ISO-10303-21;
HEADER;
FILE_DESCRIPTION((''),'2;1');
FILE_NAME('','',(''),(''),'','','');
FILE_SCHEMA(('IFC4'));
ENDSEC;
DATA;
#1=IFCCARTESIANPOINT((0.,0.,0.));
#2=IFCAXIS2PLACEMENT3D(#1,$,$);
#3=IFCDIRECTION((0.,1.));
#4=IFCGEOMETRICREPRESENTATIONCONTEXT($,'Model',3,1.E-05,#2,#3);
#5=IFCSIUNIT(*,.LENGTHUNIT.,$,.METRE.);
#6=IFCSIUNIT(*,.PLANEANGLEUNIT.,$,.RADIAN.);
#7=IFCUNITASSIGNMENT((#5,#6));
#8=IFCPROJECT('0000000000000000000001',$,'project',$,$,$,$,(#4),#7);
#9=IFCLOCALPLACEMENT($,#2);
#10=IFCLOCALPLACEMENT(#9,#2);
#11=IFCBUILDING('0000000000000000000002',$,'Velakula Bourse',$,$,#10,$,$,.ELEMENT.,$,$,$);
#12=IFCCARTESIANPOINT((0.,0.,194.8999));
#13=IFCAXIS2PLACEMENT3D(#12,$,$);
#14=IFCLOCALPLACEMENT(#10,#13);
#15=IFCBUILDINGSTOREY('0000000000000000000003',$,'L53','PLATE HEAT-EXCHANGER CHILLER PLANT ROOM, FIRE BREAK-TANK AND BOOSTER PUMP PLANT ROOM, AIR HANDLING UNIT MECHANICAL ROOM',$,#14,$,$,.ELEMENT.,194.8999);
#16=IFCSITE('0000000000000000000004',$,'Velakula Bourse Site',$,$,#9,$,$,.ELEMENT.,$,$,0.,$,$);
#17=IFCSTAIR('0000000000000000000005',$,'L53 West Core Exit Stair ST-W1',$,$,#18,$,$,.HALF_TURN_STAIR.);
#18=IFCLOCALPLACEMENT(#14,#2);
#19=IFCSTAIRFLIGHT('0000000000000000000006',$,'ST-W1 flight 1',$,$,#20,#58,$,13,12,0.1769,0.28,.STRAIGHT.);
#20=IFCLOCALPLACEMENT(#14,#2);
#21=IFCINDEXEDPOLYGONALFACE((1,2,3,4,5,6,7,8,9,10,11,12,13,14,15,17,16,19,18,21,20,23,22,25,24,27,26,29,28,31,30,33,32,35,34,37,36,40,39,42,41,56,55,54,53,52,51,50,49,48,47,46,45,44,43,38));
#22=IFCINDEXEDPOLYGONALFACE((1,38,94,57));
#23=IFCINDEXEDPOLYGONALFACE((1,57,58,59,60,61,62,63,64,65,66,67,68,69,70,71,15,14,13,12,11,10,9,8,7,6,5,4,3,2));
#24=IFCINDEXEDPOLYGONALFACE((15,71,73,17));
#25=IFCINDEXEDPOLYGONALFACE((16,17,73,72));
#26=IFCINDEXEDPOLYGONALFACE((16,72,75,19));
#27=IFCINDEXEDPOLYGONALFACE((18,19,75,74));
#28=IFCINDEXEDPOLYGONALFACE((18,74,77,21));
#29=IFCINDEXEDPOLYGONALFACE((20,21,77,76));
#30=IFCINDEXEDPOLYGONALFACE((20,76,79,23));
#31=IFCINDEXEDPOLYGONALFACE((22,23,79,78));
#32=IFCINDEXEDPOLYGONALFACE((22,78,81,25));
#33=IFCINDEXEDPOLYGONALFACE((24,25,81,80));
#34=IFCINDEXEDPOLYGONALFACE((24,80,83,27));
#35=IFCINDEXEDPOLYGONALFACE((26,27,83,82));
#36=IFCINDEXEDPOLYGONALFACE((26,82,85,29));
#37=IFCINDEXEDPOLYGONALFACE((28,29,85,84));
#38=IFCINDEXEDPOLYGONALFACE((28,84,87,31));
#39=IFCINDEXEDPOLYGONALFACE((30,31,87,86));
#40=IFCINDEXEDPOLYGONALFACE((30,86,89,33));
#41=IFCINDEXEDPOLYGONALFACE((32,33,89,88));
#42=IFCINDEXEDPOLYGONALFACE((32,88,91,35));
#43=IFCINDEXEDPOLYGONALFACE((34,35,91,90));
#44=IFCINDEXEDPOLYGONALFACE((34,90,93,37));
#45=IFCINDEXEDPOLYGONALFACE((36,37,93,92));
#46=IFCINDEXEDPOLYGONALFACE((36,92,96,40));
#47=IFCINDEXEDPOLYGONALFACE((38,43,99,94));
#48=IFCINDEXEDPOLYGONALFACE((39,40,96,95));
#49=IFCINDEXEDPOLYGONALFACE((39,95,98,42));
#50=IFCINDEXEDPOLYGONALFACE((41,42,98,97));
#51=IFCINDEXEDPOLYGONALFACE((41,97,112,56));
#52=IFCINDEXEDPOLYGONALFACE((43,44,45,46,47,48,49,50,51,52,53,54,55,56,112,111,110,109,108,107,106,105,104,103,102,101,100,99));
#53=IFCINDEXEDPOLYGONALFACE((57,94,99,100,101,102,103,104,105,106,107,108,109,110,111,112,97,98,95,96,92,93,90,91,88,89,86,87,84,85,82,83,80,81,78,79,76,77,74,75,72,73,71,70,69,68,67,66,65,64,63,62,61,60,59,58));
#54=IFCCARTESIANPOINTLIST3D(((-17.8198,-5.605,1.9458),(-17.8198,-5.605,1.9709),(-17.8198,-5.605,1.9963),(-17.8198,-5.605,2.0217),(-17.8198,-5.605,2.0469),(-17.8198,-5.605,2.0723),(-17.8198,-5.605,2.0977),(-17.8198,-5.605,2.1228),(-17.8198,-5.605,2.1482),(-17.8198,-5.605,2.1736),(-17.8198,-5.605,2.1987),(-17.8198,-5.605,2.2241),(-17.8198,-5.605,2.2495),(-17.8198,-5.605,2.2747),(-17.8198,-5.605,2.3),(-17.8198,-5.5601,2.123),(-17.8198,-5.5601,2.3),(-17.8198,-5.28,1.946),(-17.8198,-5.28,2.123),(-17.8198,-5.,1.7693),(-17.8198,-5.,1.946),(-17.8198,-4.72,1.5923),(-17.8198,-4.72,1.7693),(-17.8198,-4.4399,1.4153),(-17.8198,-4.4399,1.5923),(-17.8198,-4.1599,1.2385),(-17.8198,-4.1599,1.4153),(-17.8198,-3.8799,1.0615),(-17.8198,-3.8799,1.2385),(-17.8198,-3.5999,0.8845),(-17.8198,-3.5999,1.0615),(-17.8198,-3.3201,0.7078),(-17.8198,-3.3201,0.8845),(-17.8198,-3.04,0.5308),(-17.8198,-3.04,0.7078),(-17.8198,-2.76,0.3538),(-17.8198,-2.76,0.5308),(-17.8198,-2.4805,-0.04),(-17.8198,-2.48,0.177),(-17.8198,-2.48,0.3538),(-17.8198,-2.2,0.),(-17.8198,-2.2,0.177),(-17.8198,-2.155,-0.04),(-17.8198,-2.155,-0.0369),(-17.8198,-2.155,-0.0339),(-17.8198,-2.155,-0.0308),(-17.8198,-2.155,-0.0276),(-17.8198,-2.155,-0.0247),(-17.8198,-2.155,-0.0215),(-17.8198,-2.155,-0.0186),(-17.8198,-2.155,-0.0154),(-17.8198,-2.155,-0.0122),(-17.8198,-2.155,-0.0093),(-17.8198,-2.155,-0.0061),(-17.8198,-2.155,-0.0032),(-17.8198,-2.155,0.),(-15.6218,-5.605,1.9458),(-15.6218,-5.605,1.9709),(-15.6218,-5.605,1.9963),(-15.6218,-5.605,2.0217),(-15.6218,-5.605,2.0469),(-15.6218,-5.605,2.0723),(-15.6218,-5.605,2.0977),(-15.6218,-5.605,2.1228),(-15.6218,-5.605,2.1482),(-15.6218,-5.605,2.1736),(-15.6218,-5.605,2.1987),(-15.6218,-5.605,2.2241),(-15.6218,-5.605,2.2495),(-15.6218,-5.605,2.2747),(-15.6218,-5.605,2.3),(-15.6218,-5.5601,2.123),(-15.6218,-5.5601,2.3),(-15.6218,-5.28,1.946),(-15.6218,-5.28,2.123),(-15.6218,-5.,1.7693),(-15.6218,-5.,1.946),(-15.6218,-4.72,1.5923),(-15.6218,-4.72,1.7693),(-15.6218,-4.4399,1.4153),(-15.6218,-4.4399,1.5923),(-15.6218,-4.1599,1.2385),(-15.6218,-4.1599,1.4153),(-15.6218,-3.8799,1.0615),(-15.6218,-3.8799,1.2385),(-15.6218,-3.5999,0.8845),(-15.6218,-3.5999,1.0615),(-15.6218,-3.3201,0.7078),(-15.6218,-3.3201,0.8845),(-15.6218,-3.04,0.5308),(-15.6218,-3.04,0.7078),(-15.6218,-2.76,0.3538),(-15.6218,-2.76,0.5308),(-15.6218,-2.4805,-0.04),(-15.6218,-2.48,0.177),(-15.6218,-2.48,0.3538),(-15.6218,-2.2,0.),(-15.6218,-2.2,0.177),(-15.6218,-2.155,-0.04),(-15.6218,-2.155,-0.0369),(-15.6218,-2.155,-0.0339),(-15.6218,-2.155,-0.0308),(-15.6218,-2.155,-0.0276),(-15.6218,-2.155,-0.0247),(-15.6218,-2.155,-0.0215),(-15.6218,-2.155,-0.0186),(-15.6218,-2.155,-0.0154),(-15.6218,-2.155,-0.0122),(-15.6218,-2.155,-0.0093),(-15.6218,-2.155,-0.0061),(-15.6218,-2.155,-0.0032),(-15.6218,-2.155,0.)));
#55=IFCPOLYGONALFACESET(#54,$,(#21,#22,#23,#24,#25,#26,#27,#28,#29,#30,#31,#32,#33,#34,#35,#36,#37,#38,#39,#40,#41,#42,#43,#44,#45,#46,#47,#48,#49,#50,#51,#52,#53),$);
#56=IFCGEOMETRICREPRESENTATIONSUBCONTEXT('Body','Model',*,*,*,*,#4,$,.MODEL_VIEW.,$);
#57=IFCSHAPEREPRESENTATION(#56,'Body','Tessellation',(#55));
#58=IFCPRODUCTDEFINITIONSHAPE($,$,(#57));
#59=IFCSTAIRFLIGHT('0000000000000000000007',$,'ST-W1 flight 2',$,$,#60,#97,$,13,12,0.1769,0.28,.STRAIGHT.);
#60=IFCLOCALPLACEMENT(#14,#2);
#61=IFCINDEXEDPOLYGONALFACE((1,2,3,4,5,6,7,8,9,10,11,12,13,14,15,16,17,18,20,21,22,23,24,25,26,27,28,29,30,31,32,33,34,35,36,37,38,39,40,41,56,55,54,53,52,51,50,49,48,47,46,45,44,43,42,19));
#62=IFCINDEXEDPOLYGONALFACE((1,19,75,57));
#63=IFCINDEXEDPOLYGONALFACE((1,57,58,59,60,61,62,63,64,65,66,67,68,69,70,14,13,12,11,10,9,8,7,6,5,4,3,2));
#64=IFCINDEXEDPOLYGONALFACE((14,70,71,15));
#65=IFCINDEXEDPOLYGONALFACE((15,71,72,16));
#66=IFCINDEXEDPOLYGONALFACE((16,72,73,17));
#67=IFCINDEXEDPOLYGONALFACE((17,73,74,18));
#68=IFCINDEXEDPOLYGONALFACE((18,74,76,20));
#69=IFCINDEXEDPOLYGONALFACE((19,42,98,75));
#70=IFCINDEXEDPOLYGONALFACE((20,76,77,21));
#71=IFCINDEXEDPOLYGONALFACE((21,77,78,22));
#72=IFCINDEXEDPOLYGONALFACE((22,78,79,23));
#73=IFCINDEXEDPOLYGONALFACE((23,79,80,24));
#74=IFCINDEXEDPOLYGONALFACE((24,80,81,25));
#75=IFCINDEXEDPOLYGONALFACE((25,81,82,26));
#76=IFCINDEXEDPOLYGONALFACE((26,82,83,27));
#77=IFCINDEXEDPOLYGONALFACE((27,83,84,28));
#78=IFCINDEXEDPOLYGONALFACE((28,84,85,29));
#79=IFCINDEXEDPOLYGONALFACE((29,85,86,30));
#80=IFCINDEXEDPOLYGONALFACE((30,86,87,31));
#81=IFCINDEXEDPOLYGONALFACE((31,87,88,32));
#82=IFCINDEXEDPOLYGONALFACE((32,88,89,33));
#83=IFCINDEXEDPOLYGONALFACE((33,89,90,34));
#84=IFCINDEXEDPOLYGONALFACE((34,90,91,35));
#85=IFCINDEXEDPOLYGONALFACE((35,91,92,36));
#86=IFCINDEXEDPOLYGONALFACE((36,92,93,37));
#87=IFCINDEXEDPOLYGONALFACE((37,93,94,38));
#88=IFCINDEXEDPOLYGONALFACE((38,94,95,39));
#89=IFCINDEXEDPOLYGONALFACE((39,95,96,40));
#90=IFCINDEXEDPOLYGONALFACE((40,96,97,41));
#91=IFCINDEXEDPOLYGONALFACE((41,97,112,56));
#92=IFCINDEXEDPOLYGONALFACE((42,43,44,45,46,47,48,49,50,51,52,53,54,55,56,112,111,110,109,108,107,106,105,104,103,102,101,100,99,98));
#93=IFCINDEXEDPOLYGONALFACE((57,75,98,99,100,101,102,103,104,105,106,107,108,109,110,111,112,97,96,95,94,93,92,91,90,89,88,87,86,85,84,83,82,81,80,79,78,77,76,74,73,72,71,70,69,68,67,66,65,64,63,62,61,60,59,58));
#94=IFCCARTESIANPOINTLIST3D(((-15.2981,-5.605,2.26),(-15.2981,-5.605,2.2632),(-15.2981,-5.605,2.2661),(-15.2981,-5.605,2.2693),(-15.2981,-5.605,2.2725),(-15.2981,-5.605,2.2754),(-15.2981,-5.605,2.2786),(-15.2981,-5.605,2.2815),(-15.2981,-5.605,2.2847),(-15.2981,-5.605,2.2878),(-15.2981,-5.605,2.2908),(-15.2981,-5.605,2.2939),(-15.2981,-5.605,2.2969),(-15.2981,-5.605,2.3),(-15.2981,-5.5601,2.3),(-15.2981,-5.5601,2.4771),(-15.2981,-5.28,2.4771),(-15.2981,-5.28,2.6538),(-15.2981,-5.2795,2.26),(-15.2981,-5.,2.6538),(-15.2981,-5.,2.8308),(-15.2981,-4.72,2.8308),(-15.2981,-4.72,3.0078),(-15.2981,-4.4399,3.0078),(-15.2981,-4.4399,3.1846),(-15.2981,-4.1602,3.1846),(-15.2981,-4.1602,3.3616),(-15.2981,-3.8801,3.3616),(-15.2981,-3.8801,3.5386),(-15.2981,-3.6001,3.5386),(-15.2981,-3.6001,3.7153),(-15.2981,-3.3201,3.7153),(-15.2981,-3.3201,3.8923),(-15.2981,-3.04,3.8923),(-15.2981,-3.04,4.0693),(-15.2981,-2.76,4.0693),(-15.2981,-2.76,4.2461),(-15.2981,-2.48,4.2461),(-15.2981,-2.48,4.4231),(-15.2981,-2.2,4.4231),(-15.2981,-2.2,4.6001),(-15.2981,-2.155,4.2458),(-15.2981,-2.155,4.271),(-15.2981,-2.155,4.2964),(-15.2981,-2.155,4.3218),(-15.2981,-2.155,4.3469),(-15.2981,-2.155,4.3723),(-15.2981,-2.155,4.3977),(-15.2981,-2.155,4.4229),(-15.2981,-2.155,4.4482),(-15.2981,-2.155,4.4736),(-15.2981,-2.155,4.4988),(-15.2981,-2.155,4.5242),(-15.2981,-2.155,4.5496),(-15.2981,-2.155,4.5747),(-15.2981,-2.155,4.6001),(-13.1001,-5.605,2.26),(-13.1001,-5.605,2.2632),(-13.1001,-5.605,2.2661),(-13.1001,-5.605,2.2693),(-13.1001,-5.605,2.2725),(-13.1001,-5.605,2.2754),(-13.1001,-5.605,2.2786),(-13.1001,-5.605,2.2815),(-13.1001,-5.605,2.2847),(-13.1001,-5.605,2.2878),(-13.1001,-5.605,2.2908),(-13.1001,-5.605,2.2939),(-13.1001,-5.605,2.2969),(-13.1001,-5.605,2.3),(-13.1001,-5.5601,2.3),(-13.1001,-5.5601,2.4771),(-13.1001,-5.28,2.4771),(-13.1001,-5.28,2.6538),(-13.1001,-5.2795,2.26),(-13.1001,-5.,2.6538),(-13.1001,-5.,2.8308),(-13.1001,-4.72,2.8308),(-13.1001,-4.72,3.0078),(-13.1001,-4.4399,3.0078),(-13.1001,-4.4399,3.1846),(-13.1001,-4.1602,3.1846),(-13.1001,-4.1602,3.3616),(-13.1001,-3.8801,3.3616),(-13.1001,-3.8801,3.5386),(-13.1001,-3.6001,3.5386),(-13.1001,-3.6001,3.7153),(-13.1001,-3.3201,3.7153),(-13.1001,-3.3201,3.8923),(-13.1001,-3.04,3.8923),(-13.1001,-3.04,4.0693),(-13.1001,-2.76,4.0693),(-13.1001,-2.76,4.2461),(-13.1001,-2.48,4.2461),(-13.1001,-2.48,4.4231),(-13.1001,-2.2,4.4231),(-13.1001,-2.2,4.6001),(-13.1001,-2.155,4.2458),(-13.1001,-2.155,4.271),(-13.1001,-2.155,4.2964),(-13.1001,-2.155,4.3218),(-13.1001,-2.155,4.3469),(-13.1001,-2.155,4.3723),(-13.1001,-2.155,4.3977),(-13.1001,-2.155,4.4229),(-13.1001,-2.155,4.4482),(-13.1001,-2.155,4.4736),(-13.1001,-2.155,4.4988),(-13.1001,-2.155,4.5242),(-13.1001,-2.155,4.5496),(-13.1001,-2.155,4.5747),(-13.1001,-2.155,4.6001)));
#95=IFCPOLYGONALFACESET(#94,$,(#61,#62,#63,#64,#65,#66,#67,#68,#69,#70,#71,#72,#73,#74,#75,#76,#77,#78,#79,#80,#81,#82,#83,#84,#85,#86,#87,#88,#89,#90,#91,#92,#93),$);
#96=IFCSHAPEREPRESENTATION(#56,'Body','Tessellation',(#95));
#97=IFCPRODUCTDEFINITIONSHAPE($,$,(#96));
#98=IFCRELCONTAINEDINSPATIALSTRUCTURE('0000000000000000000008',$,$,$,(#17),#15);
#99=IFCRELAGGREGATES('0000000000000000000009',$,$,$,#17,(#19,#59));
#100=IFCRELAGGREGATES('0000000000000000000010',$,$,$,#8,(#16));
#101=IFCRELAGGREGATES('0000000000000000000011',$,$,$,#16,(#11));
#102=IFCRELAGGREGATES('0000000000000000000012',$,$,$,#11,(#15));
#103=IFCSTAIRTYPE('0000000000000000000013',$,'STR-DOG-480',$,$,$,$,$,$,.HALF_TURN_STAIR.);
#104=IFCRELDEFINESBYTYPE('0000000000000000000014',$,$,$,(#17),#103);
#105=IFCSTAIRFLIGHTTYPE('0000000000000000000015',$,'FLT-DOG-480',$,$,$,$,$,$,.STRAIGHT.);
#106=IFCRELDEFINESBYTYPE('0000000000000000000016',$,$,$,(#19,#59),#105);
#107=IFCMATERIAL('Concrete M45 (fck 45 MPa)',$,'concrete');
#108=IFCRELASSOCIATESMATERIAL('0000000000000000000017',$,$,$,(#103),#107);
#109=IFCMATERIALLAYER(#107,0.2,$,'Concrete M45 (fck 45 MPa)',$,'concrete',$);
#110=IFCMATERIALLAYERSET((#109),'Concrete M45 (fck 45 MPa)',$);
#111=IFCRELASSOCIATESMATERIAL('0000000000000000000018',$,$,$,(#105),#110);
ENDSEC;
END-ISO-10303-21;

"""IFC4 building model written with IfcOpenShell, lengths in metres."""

from ifc_helpers import new_model, si_unit, direction, frame, origin, place, context, subcontext, project, spatial, polyline, outline, extrude, material, layer, layer_set, type_object, element, aggregate, save


model = new_model("IFC4")

# Units and contexts
model_context = context("Model", 3, precision=1e-05, world=origin(), true_north=direction((0.0, 1.0)))
body_context = subcontext(model_context, "Body", "Model", "MODEL_VIEW")
ifc_project = project(units=[si_unit("LENGTHUNIT", "METRE"), si_unit("PLANEANGLEUNIT", "RADIAN")], contexts=[model_context])

# Site, building, storey
site_placement = place(None, origin())
site = spatial("IfcSite", under=ifc_project, at=site_placement, Name="Velakula Bourse Site", CompositionType="ELEMENT", RefElevation=0.0)
building_placement = place(site_placement, origin())
building = spatial("IfcBuilding", under=site, at=building_placement, Name="Velakula Bourse", CompositionType="ELEMENT")
storey_placement = place(building_placement, frame((0.0, 0.0, 194.8999)))
storey = spatial("IfcBuildingStorey", under=building, at=storey_placement, Name="L53", Description="PLATE HEAT-EXCHANGER CHILLER PLANT ROOM, FIRE BREAK-TANK AND BOOSTER PUMP PLANT ROOM, AIR HANDLING UNIT MECHANICAL ROOM", CompositionType="ELEMENT", Elevation=194.8999)

# Stair, stair flights
ifc_material_1 = material(Name="Concrete M45 (fck 45 MPa)", Category="concrete")
stair_type = type_object("IfcStairType", Name="STR-DOG-480", PredefinedType="HALF_TURN_STAIR", material=ifc_material_1)
stair_placement = place(storey_placement, origin())
stair = element("IfcStair", 1, at=stair_placement, inside=storey, type_object=stair_type, Name="L53 West Core Exit Stair ST-W1", PredefinedType="HALF_TURN_STAIR")
ifc_layer_1 = layer(ifc_material_1, 0.2, Name="Concrete M45 (fck 45 MPa)", Category="concrete")
ifc_layer_set_1 = layer_set([ifc_layer_1], Name="Concrete M45 (fck 45 MPa)")
stair_flight_type = type_object("IfcStairFlightType", Name="FLT-DOG-480", PredefinedType="STRAIGHT", material=ifc_layer_set_1)
stair_flight_1_placement = place(storey_placement, frame((-16.7209, -2.2, 0.0), z_axis=(0.0, 0.0, 1.0), x_axis=(0.0, -1.0, 0.0)))
stair_flight_1 = element("IfcStairFlight", 2, at=stair_flight_1_placement, type_object=stair_flight_type, Name="ST-W1 flight 1", NumberOfRisers=13, NumberOfTreads=12, PredefinedType="STRAIGHT", RiserHeight=0.1769, TreadLength=0.28, context=body_context, shape_type="SweptSolid", body=[
    extrude(outline(polyline([(-0.0449, -0.04), (-0.0449, -0.0369), (-0.0449, -0.0339), (-0.0449, -0.0308), (-0.0449, -0.0276), (-0.0449, -0.0247), (-0.0449, -0.0215), (-0.0449, -0.0186), (-0.0449, -0.0154), (-0.0449, -0.0122), (-0.0449, -0.0093), (-0.0449, -0.0061), (-0.0449, -0.0032), (-0.0449, 0.0), (0.0, 0.0), (0.0, 0.177), (0.28, 0.177), (0.28, 0.3538), (0.5601, 0.3538), (0.5601, 0.5308), (0.8401, 0.5308), (0.8401, 0.7078), (1.1201, 0.7078), (1.1201, 0.8845), (1.3999, 0.8845), (1.3999, 1.0615), (1.6799, 1.0615), (1.6799, 1.2385), (1.96, 1.2385), (1.96, 1.4153), (2.24, 1.4153), (2.24, 1.5923), (2.52, 1.5923), (2.52, 1.7693), (2.8, 1.7693), (2.8, 1.946), (3.0801, 1.946), (3.0801, 2.123), (3.3601, 2.123), (3.3601, 2.3), (3.405, 2.3), (3.405, 2.2747), (3.405, 2.2495), (3.405, 2.2241), (3.405, 2.1987), (3.405, 2.1736), (3.405, 2.1482), (3.405, 2.1228), (3.405, 2.0977), (3.405, 2.0723), (3.405, 2.0469), (3.405, 2.0217), (3.405, 1.9963), (3.405, 1.9709), (3.405, 1.9458), (0.2805, -0.04), (-0.0449, -0.04)])), frame((0.0, 1.0991, 0.0), z_axis=(0.0, -1.0, 0.0), x_axis=(1.0, 0.0, 0.0)), (0.0, 0.0, 1.0), 2.198),
])
stair_flight_2_placement = place(storey_placement, frame((-14.199, -5.5601, 2.3), z_axis=(0.0, 0.0, 1.0), x_axis=(0.0, 1.0, 0.0)))
stair_flight_2 = element("IfcStairFlight", 3, at=stair_flight_2_placement, type_object=stair_flight_type, Name="ST-W1 flight 2", NumberOfRisers=13, NumberOfTreads=12, PredefinedType="STRAIGHT", RiserHeight=0.1769, TreadLength=0.28, context=body_context, shape_type="SweptSolid", body=[
    extrude(outline(polyline([(-0.0449, -0.04), (-0.0449, -0.0369), (-0.0449, -0.0339), (-0.0449, -0.0308), (-0.0449, -0.0276), (-0.0449, -0.0247), (-0.0449, -0.0215), (-0.0449, -0.0186), (-0.0449, -0.0154), (-0.0449, -0.0122), (-0.0449, -0.0093), (-0.0449, -0.0061), (-0.0449, -0.0032), (-0.0449, 0.0), (0.0, 0.0), (0.0, 0.177), (0.28, 0.177), (0.28, 0.3538), (0.5601, 0.3538), (0.5601, 0.5308), (0.8401, 0.5308), (0.8401, 0.7078), (1.1201, 0.7078), (1.1201, 0.8845), (1.3999, 0.8845), (1.3999, 1.0615), (1.6799, 1.0615), (1.6799, 1.2385), (1.96, 1.2385), (1.96, 1.4153), (2.24, 1.4153), (2.24, 1.5923), (2.52, 1.5923), (2.52, 1.7693), (2.8, 1.7693), (2.8, 1.946), (3.0801, 1.946), (3.0801, 2.123), (3.3601, 2.123), (3.3601, 2.3), (3.405, 2.3), (3.405, 2.2747), (3.405, 2.2495), (3.405, 2.2241), (3.405, 2.1987), (3.405, 2.1736), (3.405, 2.1482), (3.405, 2.1228), (3.405, 2.0977), (3.405, 2.0723), (3.405, 2.0469), (3.405, 2.0217), (3.405, 1.9963), (3.405, 1.9709), (3.405, 1.9458), (0.2805, -0.04), (-0.0449, -0.04)])), frame((0.0, 1.0991, 0.0), z_axis=(0.0, -1.0, 0.0), x_axis=(1.0, 0.0, 0.0)), (0.0, 0.0, 1.0), 2.198),
])
aggregate(stair, [stair_flight_1, stair_flight_2])

save(model, "model.ifc")
